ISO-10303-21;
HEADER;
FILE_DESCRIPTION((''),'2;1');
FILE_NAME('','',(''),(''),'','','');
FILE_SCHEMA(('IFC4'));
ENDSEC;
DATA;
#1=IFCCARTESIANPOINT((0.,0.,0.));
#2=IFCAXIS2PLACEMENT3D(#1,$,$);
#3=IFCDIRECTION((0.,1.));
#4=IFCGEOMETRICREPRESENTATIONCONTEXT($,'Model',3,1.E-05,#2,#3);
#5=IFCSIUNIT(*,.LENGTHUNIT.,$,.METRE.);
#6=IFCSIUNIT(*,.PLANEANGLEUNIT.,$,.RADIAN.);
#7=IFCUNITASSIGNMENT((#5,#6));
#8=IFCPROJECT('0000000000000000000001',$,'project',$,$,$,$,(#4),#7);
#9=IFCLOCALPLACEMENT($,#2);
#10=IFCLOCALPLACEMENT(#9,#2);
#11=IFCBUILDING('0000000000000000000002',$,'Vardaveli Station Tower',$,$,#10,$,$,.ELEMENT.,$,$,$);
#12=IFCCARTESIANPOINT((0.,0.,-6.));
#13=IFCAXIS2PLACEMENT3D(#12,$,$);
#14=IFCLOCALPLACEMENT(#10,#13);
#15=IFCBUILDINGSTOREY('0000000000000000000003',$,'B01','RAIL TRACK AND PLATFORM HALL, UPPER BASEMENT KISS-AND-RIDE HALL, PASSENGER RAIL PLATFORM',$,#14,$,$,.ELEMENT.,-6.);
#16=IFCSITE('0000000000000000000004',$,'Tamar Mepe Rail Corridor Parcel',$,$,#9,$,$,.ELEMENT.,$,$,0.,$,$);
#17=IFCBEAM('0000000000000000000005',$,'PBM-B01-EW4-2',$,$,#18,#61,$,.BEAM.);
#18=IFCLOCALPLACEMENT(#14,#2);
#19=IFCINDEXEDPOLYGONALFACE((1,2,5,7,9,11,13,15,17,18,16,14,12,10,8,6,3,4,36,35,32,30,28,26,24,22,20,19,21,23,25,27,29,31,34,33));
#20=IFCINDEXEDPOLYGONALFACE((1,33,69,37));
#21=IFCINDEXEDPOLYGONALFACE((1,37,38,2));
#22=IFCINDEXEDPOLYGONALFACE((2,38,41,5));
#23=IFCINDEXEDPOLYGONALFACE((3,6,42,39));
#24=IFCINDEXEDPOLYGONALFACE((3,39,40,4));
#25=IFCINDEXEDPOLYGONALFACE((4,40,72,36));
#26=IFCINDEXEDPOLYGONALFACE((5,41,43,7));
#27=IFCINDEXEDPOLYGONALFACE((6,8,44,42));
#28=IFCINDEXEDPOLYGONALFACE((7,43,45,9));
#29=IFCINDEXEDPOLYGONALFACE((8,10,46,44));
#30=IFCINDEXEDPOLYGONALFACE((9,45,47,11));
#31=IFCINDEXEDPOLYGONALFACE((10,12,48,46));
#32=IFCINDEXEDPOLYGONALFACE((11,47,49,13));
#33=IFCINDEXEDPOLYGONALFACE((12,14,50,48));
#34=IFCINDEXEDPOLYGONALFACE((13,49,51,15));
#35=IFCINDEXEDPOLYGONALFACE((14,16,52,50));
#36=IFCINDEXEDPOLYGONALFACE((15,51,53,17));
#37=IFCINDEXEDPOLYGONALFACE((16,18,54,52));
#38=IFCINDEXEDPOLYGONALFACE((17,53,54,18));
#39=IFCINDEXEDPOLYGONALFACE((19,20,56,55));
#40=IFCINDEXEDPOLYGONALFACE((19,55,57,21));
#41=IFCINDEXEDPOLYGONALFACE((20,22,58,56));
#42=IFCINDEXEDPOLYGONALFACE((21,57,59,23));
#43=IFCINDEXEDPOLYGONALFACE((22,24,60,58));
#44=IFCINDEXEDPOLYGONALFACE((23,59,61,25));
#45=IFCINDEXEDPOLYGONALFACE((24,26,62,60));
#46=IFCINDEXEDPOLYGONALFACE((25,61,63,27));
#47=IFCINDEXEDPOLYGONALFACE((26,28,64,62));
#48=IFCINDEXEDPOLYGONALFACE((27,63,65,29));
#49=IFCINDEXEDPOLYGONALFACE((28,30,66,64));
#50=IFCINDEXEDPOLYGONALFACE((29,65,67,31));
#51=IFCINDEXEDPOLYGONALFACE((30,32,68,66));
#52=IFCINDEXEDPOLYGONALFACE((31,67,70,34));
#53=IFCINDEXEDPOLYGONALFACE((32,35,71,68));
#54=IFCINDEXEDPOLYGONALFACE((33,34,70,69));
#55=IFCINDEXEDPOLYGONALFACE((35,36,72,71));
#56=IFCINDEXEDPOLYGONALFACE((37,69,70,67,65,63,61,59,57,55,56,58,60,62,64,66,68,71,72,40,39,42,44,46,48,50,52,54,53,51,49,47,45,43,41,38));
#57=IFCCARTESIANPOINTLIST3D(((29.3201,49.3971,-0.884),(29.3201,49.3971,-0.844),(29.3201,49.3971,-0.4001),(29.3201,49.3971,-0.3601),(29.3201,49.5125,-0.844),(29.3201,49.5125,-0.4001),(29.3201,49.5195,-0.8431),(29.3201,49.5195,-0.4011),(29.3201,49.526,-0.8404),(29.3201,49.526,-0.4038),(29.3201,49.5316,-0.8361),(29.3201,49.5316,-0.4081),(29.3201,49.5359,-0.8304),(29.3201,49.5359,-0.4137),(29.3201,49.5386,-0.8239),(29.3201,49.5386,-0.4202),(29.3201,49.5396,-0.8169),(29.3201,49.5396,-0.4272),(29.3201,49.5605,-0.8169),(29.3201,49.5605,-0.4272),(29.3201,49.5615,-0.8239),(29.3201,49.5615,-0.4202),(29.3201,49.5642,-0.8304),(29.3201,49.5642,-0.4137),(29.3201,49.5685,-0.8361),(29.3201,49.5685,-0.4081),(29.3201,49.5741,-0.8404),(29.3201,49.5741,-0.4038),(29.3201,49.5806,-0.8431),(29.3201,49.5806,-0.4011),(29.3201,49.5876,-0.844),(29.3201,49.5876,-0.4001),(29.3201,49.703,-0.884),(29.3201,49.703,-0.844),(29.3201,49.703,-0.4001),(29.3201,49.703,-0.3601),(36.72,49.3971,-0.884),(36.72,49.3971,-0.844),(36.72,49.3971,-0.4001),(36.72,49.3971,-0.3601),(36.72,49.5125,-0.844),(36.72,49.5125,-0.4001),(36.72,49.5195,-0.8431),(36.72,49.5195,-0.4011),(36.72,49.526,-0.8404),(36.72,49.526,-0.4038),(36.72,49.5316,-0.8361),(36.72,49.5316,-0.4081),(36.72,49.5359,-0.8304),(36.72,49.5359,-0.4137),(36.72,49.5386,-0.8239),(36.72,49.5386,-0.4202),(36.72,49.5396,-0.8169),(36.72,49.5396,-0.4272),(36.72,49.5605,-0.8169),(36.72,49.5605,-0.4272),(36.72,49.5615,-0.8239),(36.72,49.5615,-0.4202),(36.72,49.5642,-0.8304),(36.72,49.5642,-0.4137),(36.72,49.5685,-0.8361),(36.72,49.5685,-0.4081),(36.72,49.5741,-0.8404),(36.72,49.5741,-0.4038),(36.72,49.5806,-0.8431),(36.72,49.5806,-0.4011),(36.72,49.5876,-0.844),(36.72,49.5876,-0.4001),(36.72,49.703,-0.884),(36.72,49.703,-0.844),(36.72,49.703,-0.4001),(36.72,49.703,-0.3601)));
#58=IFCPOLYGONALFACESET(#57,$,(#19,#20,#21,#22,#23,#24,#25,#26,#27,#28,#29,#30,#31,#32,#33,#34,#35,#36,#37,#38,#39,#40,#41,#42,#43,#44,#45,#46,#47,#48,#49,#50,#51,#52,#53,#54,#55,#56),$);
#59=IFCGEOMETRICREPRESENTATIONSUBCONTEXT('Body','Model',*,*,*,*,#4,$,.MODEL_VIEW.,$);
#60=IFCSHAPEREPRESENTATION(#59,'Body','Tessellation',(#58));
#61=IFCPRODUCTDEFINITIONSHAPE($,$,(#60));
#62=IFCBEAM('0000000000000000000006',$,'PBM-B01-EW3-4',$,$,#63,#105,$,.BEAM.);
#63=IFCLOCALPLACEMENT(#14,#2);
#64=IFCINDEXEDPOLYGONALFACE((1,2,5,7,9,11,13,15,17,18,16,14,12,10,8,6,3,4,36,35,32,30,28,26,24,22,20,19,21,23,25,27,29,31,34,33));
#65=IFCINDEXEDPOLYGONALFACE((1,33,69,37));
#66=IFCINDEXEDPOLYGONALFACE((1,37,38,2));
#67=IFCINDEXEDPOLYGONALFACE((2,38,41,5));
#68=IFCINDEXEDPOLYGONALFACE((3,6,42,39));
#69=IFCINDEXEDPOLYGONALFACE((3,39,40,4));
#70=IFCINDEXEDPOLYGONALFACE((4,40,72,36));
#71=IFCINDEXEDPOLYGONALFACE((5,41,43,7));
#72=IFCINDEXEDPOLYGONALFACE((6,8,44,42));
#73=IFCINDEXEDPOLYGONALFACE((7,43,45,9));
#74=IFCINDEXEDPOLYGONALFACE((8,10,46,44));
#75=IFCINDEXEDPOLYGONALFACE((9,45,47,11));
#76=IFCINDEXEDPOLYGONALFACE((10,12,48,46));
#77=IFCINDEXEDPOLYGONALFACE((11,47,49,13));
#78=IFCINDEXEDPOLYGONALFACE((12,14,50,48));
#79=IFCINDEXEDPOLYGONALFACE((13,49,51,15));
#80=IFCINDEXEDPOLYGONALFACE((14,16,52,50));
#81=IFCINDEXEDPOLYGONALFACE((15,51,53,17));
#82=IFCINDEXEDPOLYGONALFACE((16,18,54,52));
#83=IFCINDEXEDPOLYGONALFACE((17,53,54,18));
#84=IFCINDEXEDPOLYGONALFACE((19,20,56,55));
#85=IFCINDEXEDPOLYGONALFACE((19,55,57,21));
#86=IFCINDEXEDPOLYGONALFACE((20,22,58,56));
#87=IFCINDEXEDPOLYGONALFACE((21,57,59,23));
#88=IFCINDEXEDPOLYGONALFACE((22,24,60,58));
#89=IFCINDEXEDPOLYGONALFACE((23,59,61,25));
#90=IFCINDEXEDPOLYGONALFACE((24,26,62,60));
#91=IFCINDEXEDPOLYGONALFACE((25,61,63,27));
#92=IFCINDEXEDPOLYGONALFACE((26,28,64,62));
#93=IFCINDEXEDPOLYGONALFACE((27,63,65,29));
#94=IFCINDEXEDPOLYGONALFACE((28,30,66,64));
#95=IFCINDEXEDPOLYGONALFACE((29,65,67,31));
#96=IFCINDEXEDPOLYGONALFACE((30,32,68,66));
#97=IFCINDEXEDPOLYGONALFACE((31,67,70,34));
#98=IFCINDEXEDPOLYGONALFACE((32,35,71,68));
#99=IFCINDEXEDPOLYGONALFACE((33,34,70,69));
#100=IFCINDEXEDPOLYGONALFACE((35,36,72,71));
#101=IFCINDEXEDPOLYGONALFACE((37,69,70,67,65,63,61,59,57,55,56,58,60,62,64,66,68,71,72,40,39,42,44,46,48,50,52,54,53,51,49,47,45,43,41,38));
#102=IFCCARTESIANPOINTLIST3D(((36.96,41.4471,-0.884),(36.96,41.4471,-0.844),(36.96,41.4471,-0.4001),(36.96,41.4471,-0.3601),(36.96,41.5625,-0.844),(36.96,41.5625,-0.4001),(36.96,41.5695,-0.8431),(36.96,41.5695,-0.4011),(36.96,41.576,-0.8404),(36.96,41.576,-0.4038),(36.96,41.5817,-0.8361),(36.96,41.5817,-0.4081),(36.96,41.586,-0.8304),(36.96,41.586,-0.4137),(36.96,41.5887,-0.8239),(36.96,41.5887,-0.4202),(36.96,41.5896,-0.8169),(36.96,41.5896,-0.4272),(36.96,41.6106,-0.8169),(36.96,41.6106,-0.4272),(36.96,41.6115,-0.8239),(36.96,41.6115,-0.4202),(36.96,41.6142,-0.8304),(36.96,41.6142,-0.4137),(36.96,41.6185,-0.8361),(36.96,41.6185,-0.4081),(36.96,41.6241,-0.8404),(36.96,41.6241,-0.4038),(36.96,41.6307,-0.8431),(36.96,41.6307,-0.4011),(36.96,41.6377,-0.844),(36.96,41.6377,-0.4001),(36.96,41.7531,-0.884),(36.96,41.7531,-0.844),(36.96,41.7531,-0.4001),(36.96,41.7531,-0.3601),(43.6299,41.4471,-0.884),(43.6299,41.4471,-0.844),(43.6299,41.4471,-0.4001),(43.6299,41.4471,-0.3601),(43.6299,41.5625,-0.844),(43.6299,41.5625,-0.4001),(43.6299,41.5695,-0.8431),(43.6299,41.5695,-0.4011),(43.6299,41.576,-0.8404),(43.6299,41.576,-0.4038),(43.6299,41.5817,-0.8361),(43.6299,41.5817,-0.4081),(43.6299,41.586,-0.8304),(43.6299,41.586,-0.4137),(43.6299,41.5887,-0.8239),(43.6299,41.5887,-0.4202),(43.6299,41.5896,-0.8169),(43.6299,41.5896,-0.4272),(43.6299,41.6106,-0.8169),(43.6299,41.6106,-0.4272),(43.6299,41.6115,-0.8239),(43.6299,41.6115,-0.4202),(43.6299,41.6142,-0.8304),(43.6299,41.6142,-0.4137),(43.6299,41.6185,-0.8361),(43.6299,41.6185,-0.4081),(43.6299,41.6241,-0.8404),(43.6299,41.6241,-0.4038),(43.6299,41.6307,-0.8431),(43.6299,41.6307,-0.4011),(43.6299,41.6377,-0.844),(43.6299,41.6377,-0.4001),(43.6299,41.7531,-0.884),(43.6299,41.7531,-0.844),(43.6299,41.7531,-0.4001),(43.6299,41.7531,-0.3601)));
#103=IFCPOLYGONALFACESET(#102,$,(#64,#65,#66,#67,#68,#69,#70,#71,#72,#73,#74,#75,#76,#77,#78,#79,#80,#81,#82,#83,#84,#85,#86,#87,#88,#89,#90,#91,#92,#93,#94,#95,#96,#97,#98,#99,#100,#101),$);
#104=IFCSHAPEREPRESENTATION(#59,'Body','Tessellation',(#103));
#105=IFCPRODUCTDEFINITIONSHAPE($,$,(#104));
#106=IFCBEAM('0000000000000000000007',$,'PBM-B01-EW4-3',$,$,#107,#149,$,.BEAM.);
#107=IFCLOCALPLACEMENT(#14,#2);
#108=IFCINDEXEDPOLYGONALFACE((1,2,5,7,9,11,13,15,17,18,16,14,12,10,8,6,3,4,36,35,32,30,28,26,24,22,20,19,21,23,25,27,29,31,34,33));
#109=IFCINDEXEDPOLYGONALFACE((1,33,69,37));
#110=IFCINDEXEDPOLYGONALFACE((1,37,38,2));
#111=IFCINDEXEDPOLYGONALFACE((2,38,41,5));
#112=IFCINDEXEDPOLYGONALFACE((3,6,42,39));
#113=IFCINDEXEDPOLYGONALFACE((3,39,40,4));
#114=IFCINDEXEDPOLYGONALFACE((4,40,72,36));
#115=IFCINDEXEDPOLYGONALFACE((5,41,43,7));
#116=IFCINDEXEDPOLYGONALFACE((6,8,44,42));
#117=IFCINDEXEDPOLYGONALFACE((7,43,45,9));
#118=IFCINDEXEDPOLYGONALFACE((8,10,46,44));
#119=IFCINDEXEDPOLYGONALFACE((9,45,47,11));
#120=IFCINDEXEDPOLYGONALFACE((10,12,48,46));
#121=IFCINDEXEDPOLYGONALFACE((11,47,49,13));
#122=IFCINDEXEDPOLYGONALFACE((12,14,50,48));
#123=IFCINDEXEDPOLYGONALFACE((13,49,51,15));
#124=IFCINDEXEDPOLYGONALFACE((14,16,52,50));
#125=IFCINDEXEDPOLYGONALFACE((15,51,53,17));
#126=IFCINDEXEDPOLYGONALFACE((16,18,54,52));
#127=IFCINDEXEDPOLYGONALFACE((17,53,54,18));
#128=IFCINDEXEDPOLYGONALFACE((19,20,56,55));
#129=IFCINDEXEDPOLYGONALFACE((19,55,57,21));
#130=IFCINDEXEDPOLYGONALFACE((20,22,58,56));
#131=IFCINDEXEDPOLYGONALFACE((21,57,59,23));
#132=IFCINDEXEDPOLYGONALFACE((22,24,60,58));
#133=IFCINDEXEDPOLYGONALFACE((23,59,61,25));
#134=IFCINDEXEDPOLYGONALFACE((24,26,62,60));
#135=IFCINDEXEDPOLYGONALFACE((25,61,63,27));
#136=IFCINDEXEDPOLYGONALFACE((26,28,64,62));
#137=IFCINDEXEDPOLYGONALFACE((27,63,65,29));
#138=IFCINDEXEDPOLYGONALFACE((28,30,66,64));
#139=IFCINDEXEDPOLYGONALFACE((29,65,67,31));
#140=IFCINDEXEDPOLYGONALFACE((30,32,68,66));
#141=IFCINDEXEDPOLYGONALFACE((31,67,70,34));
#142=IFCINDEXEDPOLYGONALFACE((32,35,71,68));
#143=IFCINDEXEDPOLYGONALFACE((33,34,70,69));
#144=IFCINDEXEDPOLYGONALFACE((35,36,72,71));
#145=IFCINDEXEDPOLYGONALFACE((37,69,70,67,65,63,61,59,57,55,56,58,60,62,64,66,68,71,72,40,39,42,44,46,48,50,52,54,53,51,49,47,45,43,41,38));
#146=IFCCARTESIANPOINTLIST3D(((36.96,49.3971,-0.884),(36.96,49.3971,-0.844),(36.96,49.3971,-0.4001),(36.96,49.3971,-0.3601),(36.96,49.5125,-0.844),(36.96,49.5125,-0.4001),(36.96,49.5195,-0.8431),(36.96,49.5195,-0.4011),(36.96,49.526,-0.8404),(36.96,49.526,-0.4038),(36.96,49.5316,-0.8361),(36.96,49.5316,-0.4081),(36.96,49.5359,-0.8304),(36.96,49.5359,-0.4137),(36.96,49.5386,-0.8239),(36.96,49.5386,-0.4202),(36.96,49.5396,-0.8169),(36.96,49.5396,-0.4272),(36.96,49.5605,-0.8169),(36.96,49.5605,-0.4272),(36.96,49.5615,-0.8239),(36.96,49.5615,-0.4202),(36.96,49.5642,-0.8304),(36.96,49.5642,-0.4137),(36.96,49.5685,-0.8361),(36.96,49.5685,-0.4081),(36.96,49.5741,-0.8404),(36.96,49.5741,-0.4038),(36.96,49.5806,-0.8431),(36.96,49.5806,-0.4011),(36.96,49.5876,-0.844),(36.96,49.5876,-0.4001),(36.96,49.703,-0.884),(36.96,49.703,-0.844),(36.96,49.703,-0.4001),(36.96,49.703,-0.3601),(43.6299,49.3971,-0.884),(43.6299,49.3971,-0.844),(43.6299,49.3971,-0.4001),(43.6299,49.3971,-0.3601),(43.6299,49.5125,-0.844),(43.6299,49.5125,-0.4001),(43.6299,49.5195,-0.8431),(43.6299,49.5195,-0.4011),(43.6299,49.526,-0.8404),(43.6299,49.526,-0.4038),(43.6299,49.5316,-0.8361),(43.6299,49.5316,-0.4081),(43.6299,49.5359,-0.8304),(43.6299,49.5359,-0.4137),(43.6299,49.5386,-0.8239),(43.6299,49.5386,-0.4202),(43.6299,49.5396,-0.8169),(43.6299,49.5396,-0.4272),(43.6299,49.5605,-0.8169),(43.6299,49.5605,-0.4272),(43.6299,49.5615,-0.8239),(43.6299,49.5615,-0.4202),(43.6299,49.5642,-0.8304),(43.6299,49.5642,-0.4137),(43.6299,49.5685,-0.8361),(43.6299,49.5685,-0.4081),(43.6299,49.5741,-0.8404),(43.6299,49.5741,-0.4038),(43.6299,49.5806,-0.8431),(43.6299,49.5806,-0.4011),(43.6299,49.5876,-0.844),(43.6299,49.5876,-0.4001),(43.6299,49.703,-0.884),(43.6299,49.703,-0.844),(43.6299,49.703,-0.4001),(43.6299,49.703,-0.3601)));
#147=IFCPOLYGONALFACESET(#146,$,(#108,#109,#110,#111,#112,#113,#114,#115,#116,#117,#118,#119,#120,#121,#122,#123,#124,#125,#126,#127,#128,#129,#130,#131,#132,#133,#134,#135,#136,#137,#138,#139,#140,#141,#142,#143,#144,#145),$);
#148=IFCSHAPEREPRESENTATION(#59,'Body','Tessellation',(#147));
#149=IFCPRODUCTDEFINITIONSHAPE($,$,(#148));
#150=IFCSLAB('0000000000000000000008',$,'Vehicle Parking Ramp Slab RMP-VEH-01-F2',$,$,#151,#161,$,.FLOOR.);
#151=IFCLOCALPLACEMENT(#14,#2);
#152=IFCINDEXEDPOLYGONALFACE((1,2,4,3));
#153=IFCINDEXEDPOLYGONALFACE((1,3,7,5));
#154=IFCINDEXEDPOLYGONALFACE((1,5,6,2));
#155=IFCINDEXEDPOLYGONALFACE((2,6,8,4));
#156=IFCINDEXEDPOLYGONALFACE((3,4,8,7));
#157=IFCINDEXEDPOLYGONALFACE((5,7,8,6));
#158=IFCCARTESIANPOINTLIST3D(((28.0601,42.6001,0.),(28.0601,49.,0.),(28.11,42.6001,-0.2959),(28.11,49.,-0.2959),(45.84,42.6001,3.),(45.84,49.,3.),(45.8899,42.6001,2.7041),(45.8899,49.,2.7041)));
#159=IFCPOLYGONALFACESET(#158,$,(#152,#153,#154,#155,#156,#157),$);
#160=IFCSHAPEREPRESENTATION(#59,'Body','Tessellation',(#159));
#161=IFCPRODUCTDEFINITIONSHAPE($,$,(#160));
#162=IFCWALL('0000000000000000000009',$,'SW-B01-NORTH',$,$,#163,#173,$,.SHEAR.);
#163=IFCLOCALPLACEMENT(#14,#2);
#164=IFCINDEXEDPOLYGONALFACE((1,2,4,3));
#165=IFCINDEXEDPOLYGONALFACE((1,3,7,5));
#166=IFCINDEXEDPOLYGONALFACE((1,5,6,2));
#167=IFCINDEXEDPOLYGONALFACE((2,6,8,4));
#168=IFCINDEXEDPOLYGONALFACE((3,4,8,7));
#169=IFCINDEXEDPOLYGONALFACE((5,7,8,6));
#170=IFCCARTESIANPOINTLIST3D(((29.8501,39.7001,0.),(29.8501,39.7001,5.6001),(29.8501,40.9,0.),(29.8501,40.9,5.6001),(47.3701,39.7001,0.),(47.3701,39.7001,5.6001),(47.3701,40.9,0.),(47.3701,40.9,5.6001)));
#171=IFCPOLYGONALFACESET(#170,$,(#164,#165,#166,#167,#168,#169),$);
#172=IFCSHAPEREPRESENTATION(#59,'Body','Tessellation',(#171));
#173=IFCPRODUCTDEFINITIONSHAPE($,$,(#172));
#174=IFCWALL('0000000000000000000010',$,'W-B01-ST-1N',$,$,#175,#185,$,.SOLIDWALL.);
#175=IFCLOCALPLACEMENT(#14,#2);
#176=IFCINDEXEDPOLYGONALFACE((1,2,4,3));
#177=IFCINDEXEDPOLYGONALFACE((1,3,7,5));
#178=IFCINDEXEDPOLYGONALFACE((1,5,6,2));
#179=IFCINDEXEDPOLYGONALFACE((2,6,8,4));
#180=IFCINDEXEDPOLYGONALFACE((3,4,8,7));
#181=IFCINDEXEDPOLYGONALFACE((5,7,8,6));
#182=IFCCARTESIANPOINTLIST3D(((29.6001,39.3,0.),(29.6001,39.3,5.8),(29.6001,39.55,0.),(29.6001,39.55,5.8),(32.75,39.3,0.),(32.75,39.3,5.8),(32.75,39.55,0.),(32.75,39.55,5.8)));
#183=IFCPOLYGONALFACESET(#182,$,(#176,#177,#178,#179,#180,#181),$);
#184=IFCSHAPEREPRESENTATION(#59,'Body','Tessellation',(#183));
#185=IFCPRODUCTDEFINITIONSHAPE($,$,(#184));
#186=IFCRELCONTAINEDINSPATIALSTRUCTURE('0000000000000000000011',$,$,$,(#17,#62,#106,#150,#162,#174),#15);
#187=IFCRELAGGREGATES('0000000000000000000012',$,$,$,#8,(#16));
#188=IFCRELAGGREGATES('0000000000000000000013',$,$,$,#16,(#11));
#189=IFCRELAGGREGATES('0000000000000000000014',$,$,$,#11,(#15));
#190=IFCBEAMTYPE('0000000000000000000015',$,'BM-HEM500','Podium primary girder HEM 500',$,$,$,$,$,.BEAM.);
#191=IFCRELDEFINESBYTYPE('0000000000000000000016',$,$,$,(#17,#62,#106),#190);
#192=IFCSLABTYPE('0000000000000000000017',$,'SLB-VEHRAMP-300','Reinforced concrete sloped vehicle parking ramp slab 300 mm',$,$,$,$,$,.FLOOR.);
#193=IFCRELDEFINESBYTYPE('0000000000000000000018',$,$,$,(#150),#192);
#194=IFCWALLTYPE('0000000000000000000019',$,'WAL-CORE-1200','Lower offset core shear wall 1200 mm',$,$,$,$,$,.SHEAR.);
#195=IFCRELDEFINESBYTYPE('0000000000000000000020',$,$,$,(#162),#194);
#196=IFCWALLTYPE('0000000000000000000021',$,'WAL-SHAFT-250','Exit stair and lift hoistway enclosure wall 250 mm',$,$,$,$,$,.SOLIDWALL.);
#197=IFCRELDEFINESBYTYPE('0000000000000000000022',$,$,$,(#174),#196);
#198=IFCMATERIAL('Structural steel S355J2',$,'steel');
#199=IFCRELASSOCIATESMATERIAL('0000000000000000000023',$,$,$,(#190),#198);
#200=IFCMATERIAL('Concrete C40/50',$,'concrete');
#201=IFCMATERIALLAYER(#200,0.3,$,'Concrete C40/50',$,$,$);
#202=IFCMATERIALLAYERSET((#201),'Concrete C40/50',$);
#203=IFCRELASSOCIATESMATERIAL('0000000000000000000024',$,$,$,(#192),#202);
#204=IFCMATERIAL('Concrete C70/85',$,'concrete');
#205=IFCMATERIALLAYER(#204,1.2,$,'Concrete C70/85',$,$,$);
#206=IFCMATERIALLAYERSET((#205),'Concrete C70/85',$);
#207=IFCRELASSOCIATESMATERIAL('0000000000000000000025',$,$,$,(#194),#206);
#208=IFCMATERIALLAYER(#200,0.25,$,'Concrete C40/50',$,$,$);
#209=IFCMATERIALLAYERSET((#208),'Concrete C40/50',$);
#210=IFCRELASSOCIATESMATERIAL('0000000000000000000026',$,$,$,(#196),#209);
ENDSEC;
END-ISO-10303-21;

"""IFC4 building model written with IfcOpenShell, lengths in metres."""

from ifc_helpers import new_model, si_unit, direction, frame, frame_2d, origin, origin_2d, place, context, subcontext, project, spatial, polyline, rectangle, i_section, outline, extrude, source, transform, mapped, material, layer, layer_set, material_profile, profile_set, type_object, element, save


model = new_model("IFC4")

# Units and contexts
model_context = context("Model", 3, precision=1e-05, world=origin(), true_north=direction((0.0, 1.0)))
body_context = subcontext(model_context, "Body", "Model", "MODEL_VIEW")
ifc_project = project(units=[si_unit("LENGTHUNIT", "METRE"), si_unit("PLANEANGLEUNIT", "RADIAN")], contexts=[model_context])

# Site, building, storey
site_placement = place(None, origin())
site = spatial("IfcSite", under=ifc_project, at=site_placement, Name="Tamar Mepe Rail Corridor Parcel", CompositionType="ELEMENT", RefElevation=0.0)
building_placement = place(site_placement, origin())
building = spatial("IfcBuilding", under=site, at=building_placement, Name="Vardaveli Station Tower", CompositionType="ELEMENT")
storey_placement = place(building_placement, frame((0.0, 0.0, -6.0)))
storey = spatial("IfcBuildingStorey", under=building, at=storey_placement, Name="B01", Description="RAIL TRACK AND PLATFORM HALL, UPPER BASEMENT KISS-AND-RIDE HALL, PASSENGER RAIL PLATFORM", CompositionType="ELEMENT", Elevation=-6.0)

# Shared definitions
ifc_material_1 = material(Name="Concrete C70/85", Category="concrete")

# Beams
ifc_material_2 = material(Name="Structural steel S355J2", Category="steel")
ifc_material_profile_1 = material_profile(ifc_material_2, i_section(OverallWidth=0.3059, OverallDepth=0.5239, WebThickness=0.021, FlangeThickness=0.04, FilletRadius=0.0271, at=origin_2d()), Name="HEM 500")
ifc_profile_set_1 = profile_set([ifc_material_profile_1], Name="Structural steel S355J2")
beam_type = type_object("IfcBeamType", Name="BM-HEM500", Description="Podium primary girder HEM 500", PredefinedType="BEAM", material=ifc_profile_set_1)
shared_shape_1 = source(origin(), body_context, "Body", "SweptSolid", [
    extrude(i_section(OverallWidth=0.3059, OverallDepth=0.5239, WebThickness=0.021, FlangeThickness=0.04, FilletRadius=0.0271, at=origin_2d()), origin(), (0.0, 0.0, 1.0), 7.3999),
])
for number, where, z_axis, x_axis, name in (
    (1, (29.3201, 49.55, -0.6221), (1.0, 0.0, 0.0), (0.0, 1.0, 0.0), "PBM-B01-EW4-2"),
):
    element("IfcBeam", number, at=place(storey_placement, frame(where, z_axis=z_axis, x_axis=x_axis)), inside=storey, type_object=beam_type, Name=name, PredefinedType="BEAM", context=body_context, shape_type="MappedRepresentation", body=[
        mapped(shared_shape_1, transform((0.0, 0.0, 0.0), scale=1.0)),
    ])
shared_shape_2 = source(origin(), body_context, "Body", "SweptSolid", [
    extrude(i_section(OverallWidth=0.3059, OverallDepth=0.5239, WebThickness=0.021, FlangeThickness=0.04, FilletRadius=0.0271, at=origin_2d()), origin(), (0.0, 0.0, 1.0), 6.6699),
])
for number, where, z_axis, x_axis, name in (
    (2, (36.96, 41.6001, -0.6221), (1.0, 0.0, 0.0), (0.0, 1.0, 0.0), "PBM-B01-EW3-4"),
    (3, (36.96, 49.55, -0.6221), (1.0, 0.0, 0.0), (0.0, 1.0, 0.0), "PBM-B01-EW4-3"),
):
    element("IfcBeam", number, at=place(storey_placement, frame(where, z_axis=z_axis, x_axis=x_axis)), inside=storey, type_object=beam_type, Name=name, PredefinedType="BEAM", context=body_context, shape_type="MappedRepresentation", body=[
        mapped(shared_shape_2, transform((0.0, 0.0, 0.0), scale=1.0)),
    ])

# Slab
ifc_material_3 = material(Name="Concrete C40/50", Category="concrete")
ifc_layer_1 = layer(ifc_material_3, 0.3, Name="Concrete C40/50")
ifc_layer_set_1 = layer_set([ifc_layer_1], Name="Concrete C40/50")
slab_type = type_object("IfcSlabType", Name="SLB-VEHRAMP-300", Description="Reinforced concrete sloped vehicle parking ramp slab 300 mm", PredefinedType="FLOOR", material=ifc_layer_set_1)
slab_placement = place(storey_placement, frame((28.0601, 42.6001, 0.0), z_axis=(-0.166377, 0.0, 0.986062), x_axis=(0.986062, 0.0, 0.166377)))
element("IfcSlab", 4, at=slab_placement, inside=storey, type_object=slab_type, Name="Vehicle Parking Ramp Slab RMP-VEH-01-F2", PredefinedType="FLOOR", context=body_context, shape_type="SweptSolid", body=[
    extrude(outline(polyline([(0.0, 0.0), (18.0312, 0.0), (18.0312, 6.3999), (0.0, 6.3999), (0.0, 0.0)])), origin(), (0.0, 0.0, -1.0), 0.3),
])

# Walls
ifc_layer_2 = layer(ifc_material_1, 1.2, Name="Concrete C70/85")
ifc_layer_set_2 = layer_set([ifc_layer_2], Name="Concrete C70/85")
wall_type_1 = type_object("IfcWallType", Name="WAL-CORE-1200", Description="Lower offset core shear wall 1200 mm", PredefinedType="SHEAR", material=ifc_layer_set_2)
shared_shape_3 = source(origin(), body_context, "Body", "SweptSolid", [
    extrude(rectangle(XDim=17.52, YDim=1.2, at=frame_2d((8.76, 0.0))), origin(), (0.0, 0.0, 1.0), 5.6001),
])
wall_1_placement = place(storey_placement, frame((29.8501, 40.3, 0.0), z_axis=(0.0, 0.0, 1.0), x_axis=(1.0, 0.0, 0.0)))
element("IfcWall", 5, at=wall_1_placement, inside=storey, type_object=wall_type_1, Name="SW-B01-NORTH", PredefinedType="SHEAR", context=body_context, shape_type="MappedRepresentation", body=[
    mapped(shared_shape_3, transform((0.0, 0.0, 0.0), scale=1.0)),
])
ifc_layer_3 = layer(ifc_material_3, 0.25, Name="Concrete C40/50")
ifc_layer_set_3 = layer_set([ifc_layer_3], Name="Concrete C40/50")
wall_type_2 = type_object("IfcWallType", Name="WAL-SHAFT-250", Description="Exit stair and lift hoistway enclosure wall 250 mm", PredefinedType="SOLIDWALL", material=ifc_layer_set_3)
shared_shape_4 = source(origin(), body_context, "Body", "SweptSolid", [
    extrude(rectangle(XDim=3.1499, YDim=0.25, at=frame_2d((1.575, 0.0))), origin(), (0.0, 0.0, 1.0), 5.8),
])
for number, where, z_axis, x_axis, name in (
    (6, (29.6001, 39.425, 0.0), (0.0, 0.0, 1.0), (1.0, 0.0, 0.0), "W-B01-ST-1N"),
):
    element("IfcWall", number, at=place(storey_placement, frame(where, z_axis=z_axis, x_axis=x_axis)), inside=storey, type_object=wall_type_2, Name=name, PredefinedType="SOLIDWALL", context=body_context, shape_type="MappedRepresentation", body=[
        mapped(shared_shape_4, transform((0.0, 0.0, 0.0), scale=1.0)),
    ])

save(model, "model.ifc")
